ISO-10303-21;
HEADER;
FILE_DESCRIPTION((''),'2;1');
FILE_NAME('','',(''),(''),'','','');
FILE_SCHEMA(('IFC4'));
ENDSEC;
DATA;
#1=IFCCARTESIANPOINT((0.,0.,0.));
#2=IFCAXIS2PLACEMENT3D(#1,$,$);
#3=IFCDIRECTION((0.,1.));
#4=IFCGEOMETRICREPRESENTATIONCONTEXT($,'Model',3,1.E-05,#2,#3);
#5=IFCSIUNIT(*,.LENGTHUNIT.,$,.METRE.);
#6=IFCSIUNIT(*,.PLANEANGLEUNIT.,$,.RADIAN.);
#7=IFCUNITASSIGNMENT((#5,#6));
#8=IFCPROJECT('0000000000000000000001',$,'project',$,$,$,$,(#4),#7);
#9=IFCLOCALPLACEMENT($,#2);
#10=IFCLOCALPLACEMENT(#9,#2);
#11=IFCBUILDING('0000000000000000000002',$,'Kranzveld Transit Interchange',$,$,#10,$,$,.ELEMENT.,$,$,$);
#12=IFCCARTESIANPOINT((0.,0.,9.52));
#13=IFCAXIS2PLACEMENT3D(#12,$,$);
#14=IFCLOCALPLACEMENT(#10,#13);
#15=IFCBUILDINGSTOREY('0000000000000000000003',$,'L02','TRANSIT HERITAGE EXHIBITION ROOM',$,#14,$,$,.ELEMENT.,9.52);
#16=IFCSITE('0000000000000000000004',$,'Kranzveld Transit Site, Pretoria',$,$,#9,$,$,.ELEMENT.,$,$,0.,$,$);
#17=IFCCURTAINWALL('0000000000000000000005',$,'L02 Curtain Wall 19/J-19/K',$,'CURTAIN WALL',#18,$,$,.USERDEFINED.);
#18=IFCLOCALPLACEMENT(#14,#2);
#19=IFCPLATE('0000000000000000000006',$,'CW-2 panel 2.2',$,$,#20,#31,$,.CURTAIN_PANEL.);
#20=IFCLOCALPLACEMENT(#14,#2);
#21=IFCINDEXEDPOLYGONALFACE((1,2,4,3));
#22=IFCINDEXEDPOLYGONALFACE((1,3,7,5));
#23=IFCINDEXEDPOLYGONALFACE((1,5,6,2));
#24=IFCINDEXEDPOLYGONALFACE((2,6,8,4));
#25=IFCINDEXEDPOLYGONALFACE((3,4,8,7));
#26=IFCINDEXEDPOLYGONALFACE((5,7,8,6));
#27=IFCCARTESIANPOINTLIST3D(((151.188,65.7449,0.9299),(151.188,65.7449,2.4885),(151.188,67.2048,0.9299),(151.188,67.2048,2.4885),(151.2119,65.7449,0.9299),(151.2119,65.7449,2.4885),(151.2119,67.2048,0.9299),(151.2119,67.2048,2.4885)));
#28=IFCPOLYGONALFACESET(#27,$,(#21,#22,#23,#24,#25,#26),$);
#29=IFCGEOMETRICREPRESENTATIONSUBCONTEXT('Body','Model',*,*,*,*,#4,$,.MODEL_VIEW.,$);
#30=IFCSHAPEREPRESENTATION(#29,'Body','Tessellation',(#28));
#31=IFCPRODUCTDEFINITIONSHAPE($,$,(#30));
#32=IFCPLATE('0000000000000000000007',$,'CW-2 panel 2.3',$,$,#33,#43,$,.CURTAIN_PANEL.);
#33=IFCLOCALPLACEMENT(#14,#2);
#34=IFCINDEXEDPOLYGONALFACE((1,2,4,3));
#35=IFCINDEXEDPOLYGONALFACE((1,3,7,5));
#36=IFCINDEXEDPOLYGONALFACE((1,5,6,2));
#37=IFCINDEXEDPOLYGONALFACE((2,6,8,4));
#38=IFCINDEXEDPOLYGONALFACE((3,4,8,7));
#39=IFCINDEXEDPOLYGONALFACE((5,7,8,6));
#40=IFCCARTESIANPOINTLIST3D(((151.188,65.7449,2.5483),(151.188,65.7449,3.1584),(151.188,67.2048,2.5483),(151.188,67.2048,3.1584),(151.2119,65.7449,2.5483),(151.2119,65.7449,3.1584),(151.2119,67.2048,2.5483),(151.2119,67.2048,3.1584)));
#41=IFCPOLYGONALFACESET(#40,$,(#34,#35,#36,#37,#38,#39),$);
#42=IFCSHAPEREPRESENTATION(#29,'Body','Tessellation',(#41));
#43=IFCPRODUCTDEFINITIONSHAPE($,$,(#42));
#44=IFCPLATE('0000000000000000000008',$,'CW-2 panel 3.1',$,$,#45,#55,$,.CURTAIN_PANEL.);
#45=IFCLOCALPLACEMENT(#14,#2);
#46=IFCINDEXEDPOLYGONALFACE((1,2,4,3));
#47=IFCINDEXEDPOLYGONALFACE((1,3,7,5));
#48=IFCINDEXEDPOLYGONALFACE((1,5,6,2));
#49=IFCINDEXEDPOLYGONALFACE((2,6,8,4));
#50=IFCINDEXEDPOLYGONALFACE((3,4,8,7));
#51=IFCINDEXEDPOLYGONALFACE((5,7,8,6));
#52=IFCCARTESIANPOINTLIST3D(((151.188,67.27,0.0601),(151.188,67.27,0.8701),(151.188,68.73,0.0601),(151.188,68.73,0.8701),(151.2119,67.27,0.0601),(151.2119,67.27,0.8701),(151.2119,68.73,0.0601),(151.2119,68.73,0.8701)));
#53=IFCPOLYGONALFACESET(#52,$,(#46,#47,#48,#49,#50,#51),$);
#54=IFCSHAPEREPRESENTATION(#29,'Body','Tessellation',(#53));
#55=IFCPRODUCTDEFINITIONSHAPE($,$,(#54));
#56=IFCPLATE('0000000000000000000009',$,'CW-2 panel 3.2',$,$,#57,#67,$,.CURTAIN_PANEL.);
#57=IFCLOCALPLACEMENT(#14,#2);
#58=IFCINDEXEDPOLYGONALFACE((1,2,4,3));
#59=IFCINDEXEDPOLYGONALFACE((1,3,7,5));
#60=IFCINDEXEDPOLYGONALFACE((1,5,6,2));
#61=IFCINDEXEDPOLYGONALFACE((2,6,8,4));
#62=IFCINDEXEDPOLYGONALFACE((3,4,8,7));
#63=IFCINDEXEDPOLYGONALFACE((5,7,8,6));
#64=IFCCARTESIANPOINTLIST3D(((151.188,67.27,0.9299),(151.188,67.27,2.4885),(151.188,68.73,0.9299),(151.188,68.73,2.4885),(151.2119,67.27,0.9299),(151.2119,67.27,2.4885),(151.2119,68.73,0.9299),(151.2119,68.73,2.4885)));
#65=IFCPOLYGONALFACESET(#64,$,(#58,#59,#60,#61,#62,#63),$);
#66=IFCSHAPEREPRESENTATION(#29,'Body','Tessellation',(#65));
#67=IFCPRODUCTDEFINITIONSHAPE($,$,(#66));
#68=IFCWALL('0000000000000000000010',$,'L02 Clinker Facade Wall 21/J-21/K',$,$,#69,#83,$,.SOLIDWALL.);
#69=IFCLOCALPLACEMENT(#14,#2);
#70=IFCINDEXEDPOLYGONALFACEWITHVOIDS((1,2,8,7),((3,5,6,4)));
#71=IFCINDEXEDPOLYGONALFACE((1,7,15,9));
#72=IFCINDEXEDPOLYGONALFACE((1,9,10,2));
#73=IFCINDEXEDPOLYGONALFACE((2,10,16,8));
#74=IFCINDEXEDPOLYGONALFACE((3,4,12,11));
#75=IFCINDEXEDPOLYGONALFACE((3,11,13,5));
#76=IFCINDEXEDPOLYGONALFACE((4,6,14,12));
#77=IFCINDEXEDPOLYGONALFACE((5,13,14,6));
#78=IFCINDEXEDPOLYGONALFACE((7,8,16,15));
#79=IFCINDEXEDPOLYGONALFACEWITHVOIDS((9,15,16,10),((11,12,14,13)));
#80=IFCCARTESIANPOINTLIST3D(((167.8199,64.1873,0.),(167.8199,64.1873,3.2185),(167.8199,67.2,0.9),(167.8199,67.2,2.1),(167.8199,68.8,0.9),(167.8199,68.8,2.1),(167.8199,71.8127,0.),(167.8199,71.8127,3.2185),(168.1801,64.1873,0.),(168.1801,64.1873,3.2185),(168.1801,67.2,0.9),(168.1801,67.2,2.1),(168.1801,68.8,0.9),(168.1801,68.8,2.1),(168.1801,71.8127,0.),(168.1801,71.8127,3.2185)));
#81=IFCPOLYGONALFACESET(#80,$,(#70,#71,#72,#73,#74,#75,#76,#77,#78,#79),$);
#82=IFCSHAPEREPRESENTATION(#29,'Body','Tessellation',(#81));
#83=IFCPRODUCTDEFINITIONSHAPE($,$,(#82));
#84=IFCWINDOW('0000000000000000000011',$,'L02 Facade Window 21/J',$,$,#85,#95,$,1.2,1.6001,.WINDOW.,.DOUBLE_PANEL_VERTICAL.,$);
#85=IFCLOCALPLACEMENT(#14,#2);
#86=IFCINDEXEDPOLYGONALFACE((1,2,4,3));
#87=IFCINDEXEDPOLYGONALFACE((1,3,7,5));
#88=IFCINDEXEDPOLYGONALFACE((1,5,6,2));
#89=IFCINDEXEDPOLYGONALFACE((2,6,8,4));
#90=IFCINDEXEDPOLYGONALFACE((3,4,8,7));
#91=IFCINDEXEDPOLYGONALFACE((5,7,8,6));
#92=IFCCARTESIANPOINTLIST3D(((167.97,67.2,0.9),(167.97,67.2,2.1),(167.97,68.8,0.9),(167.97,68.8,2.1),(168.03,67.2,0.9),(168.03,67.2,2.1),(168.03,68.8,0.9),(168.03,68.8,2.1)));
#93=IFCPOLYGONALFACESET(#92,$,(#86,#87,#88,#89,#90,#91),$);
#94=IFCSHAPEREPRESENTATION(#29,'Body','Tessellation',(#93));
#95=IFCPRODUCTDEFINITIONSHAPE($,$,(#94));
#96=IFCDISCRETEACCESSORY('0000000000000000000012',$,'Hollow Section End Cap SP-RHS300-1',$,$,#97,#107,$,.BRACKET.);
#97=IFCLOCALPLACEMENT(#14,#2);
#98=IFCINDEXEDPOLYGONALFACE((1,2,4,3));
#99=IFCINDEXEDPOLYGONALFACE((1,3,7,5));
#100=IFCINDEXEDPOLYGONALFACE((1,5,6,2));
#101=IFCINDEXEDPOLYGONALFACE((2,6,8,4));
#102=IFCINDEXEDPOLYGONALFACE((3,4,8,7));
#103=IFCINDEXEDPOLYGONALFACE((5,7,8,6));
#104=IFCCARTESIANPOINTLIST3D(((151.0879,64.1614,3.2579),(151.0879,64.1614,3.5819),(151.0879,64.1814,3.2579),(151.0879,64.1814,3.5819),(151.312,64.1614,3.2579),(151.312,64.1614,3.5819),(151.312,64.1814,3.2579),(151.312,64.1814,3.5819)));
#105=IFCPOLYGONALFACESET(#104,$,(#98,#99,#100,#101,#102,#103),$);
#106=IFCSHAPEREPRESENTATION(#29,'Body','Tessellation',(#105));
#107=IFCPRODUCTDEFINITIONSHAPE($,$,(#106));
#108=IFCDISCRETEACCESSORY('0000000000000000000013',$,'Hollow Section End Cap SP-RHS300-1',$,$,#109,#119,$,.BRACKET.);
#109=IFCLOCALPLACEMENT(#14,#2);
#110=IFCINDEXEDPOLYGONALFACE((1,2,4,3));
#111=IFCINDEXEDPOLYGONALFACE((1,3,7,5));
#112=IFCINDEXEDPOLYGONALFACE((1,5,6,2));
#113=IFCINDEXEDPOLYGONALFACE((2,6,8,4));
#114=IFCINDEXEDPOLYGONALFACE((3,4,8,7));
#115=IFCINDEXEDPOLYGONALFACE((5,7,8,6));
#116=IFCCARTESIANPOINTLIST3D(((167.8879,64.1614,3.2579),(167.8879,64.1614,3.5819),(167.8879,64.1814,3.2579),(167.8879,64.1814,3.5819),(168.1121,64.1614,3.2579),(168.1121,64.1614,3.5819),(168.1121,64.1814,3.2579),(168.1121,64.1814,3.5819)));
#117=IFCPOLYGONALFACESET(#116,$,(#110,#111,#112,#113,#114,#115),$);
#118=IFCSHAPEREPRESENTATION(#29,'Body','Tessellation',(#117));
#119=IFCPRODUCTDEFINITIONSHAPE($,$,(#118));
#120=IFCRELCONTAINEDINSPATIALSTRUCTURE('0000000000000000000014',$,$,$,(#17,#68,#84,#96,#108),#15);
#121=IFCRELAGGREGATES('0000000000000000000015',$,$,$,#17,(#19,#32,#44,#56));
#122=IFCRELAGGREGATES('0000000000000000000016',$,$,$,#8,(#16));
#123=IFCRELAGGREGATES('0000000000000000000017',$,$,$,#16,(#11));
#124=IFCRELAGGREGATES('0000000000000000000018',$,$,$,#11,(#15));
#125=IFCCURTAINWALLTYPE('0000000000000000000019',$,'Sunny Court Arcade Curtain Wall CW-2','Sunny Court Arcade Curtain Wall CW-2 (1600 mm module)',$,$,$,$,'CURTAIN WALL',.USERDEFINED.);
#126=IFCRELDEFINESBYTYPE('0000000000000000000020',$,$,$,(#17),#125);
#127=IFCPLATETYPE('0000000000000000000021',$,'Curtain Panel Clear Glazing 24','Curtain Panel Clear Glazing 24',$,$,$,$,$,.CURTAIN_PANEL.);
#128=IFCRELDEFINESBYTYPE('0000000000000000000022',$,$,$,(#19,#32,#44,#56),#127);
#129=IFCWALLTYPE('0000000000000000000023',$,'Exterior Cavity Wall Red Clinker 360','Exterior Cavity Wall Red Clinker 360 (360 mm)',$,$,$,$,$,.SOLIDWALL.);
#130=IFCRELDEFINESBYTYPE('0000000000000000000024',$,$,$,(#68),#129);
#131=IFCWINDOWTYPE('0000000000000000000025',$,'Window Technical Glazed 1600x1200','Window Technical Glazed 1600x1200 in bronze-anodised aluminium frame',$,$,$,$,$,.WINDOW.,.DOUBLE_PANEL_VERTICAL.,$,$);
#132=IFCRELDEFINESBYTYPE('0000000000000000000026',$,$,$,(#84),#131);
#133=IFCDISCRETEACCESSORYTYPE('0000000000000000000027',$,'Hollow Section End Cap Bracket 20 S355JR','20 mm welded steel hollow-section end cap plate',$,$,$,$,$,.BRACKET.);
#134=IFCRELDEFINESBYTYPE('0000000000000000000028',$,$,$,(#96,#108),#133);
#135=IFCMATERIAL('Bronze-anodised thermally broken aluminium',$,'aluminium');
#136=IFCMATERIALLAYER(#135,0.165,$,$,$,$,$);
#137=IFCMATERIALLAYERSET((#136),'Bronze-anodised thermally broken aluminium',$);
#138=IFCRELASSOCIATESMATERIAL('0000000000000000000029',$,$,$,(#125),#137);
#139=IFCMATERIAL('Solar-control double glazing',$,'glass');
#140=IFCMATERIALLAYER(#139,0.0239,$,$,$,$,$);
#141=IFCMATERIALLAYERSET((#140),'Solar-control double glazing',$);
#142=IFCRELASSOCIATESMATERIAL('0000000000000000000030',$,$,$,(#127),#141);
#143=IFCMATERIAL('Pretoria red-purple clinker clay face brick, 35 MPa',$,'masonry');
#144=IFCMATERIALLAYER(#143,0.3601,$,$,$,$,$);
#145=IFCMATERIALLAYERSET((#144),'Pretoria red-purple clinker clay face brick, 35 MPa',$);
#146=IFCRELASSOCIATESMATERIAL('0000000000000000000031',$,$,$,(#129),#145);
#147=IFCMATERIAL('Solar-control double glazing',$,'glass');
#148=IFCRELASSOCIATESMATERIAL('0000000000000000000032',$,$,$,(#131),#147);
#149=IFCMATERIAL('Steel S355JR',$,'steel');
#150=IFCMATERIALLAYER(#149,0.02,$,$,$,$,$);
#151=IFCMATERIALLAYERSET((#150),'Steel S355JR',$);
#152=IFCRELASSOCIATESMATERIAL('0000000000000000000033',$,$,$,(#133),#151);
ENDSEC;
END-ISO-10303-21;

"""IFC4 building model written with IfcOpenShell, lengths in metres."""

from ifc_helpers import new_model, si_unit, direction, frame, frame_2d, origin, origin_2d, place, context, subcontext, project, spatial, rectangle, extrude, material, layer, layer_set, type_object, element, fill, aggregate, save


model = new_model("IFC4")

# Units and contexts
model_context = context("Model", 3, precision=1e-05, world=origin(), true_north=direction((0.0, 1.0)))
body_context = subcontext(model_context, "Body", "Model", "MODEL_VIEW")
ifc_project = project(units=[si_unit("LENGTHUNIT", "METRE"), si_unit("PLANEANGLEUNIT", "RADIAN")], contexts=[model_context])

# Site, building, storey
site_placement = place(None, origin())
site = spatial("IfcSite", under=ifc_project, at=site_placement, Name="Kranzveld Transit Site, Pretoria", CompositionType="ELEMENT", RefElevation=0.0)
building_placement = place(site_placement, origin())
building = spatial("IfcBuilding", under=site, at=building_placement, Name="Kranzveld Transit Interchange", CompositionType="ELEMENT")
storey_placement = place(building_placement, frame((0.0, 0.0, 9.52)))
storey = spatial("IfcBuildingStorey", under=building, at=storey_placement, Name="L02", Description="TRANSIT HERITAGE EXHIBITION ROOM", CompositionType="ELEMENT", Elevation=9.52)

# Curtain wall
ifc_material_1 = material(Name="Bronze-anodised thermally broken aluminium", Category="aluminium")
ifc_layer_1 = layer(ifc_material_1, 0.165)
ifc_layer_set_1 = layer_set([ifc_layer_1], Name="Bronze-anodised thermally broken aluminium")
curtain_wall_type = type_object("IfcCurtainWallType", Name="Sunny Court Arcade Curtain Wall CW-2", Description="Sunny Court Arcade Curtain Wall CW-2 (1600 mm module)", ElementType="CURTAIN WALL", PredefinedType="USERDEFINED", material=ifc_layer_set_1)
curtain_wall_placement = place(storey_placement, origin())
curtain_wall = element("IfcCurtainWall", 1, at=curtain_wall_placement, inside=storey, type_object=curtain_wall_type, Name="L02 Curtain Wall 19/J-19/K", ObjectType="CURTAIN WALL", PredefinedType="USERDEFINED")

# Plates
ifc_material_2 = material(Name="Solar-control double glazing", Category="glass")
ifc_layer_2 = layer(ifc_material_2, 0.0239)
ifc_layer_set_2 = layer_set([ifc_layer_2], Name="Solar-control double glazing")
plate_type = type_object("IfcPlateType", Name="Curtain Panel Clear Glazing 24", Description="Curtain Panel Clear Glazing 24", PredefinedType="CURTAIN_PANEL", material=ifc_layer_set_2)
plate_1_placement = place(storey_placement, frame((151.2, 66.4749, 0.9299), z_axis=(0.0, 0.0, 1.0), x_axis=(0.0, 1.0, 0.0)))
plate_1 = element("IfcPlate", 2, at=plate_1_placement, type_object=plate_type, Name="CW-2 panel 2.2", PredefinedType="CURTAIN_PANEL", context=body_context, shape_type="SweptSolid", body=[
    extrude(rectangle(XDim=1.46, YDim=0.0239, at=origin_2d()), origin(), (0.0, 0.0, 1.0), 1.5586),
])
plate_2_placement = place(storey_placement, frame((151.2, 66.4749, 2.5483), z_axis=(0.0, 0.0, 1.0), x_axis=(0.0, 1.0, 0.0)))
plate_2 = element("IfcPlate", 3, at=plate_2_placement, type_object=plate_type, Name="CW-2 panel 2.3", PredefinedType="CURTAIN_PANEL", context=body_context, shape_type="SweptSolid", body=[
    extrude(rectangle(XDim=1.46, YDim=0.0239, at=origin_2d()), origin(), (0.0, 0.0, 1.0), 0.6101),
])
plate_3_placement = place(storey_placement, frame((151.2, 68.0, 0.0601), z_axis=(0.0, 0.0, 1.0), x_axis=(0.0, 1.0, 0.0)))
plate_3 = element("IfcPlate", 4, at=plate_3_placement, type_object=plate_type, Name="CW-2 panel 3.1", PredefinedType="CURTAIN_PANEL", context=body_context, shape_type="SweptSolid", body=[
    extrude(rectangle(XDim=1.46, YDim=0.0239, at=origin_2d()), origin(), (0.0, 0.0, 1.0), 0.8101),
])
plate_4_placement = place(storey_placement, frame((151.2, 68.0, 0.9299), z_axis=(0.0, 0.0, 1.0), x_axis=(0.0, 1.0, 0.0)))
plate_4 = element("IfcPlate", 5, at=plate_4_placement, type_object=plate_type, Name="CW-2 panel 3.2", PredefinedType="CURTAIN_PANEL", context=body_context, shape_type="SweptSolid", body=[
    extrude(rectangle(XDim=1.46, YDim=0.0239, at=origin_2d()), origin(), (0.0, 0.0, 1.0), 1.5586),
])
aggregate(curtain_wall, [plate_1, plate_2, plate_3, plate_4])

# Wall, opening, window
ifc_material_3 = material(Name="Pretoria red-purple clinker clay face brick, 35 MPa", Category="masonry")
ifc_layer_3 = layer(ifc_material_3, 0.3601)
ifc_layer_set_3 = layer_set([ifc_layer_3], Name="Pretoria red-purple clinker clay face brick, 35 MPa")
wall_type = type_object("IfcWallType", Name="Exterior Cavity Wall Red Clinker 360", Description="Exterior Cavity Wall Red Clinker 360 (360 mm)", PredefinedType="SOLIDWALL", material=ifc_layer_set_3)
wall_placement = place(storey_placement, frame((168.0, 64.1873, 0.0), z_axis=(0.0, 0.0, 1.0), x_axis=(0.0, 1.0, 0.0)))
wall = element("IfcWall", 6, at=wall_placement, inside=storey, type_object=wall_type, Name="L02 Clinker Facade Wall 21/J-21/K", PredefinedType="SOLIDWALL", context=body_context, shape_type="SweptSolid", body=[
    extrude(rectangle(XDim=7.6255, YDim=0.3601, at=frame_2d((3.8127, 0.0))), origin(), (0.0, 0.0, 1.0), 3.2185),
])
opening_placement = place(wall_placement, frame((3.0127, 0.0, 0.8999), z_axis=(0.0, 0.0, 1.0), x_axis=(1.0, 0.0, 0.0)))
opening = element("IfcOpeningElement", 7, at=opening_placement, cuts=wall, PredefinedType="OPENING", context=body_context, shape_type="SweptSolid", body=[
    extrude(rectangle(XDim=1.6001, YDim=1.2, at=frame_2d((0.8, 0.6001))), frame((0.0, 0.1899, 0.0), z_axis=(0.0, -1.0, 0.0), x_axis=(1.0, 0.0, 0.0)), (0.0, 0.0, 1.0), 0.3801),
])
ifc_material_4 = material(Name="Solar-control double glazing", Category="glass")
window_type = type_object("IfcWindowType", Name="Window Technical Glazed 1600x1200", Description="Window Technical Glazed 1600x1200 in bronze-anodised aluminium frame", PartitioningType="DOUBLE_PANEL_VERTICAL", PredefinedType="WINDOW", material=ifc_material_4)
window_placement = place(opening_placement, origin())
window = element("IfcWindow", 8, at=window_placement, inside=storey, type_object=window_type, Name="L02 Facade Window 21/J", OverallHeight=1.2, OverallWidth=1.6001, PartitioningType="DOUBLE_PANEL_VERTICAL", PredefinedType="WINDOW", context=body_context, shape_type="SweptSolid", body=[
    extrude(rectangle(XDim=1.6001, YDim=1.2, at=frame_2d((0.8, 0.6001))), frame((0.0, 0.03, 0.0), z_axis=(0.0, -1.0, 0.0), x_axis=(1.0, 0.0, 0.0)), (0.0, 0.0, 1.0), 0.0601),
])
fill(opening, window)

# Discrete accessories
ifc_material_5 = material(Name="Steel S355JR", Category="steel")
ifc_layer_4 = layer(ifc_material_5, 0.02)
ifc_layer_set_4 = layer_set([ifc_layer_4], Name="Steel S355JR")
discrete_accessory_type = type_object("IfcDiscreteAccessoryType", Name="Hollow Section End Cap Bracket 20 S355JR", Description="20 mm welded steel hollow-section end cap plate", PredefinedType="BRACKET", material=ifc_layer_set_4)
for number, where, z_axis, x_axis, name in (
    (9, (151.2, 64.1814, 3.4199), (0.0, -1.0, 0.0), (1.0, 0.0, 0.0), "Hollow Section End Cap SP-RHS300-1"),
    (10, (168.0, 64.1814, 3.4199), (0.0, -1.0, 0.0), (1.0, 0.0, 0.0), "Hollow Section End Cap SP-RHS300-1"),
):
    element("IfcDiscreteAccessory", number, at=place(storey_placement, frame(where, z_axis=z_axis, x_axis=x_axis)), inside=storey, type_object=discrete_accessory_type, Name=name, PredefinedType="BRACKET", context=body_context, shape_type="SweptSolid", body=[
        extrude(rectangle(XDim=0.2241, YDim=0.324, at=origin_2d()), origin(), (0.0, 0.0, 1.0), 0.02),
    ])

save(model, "model.ifc")
